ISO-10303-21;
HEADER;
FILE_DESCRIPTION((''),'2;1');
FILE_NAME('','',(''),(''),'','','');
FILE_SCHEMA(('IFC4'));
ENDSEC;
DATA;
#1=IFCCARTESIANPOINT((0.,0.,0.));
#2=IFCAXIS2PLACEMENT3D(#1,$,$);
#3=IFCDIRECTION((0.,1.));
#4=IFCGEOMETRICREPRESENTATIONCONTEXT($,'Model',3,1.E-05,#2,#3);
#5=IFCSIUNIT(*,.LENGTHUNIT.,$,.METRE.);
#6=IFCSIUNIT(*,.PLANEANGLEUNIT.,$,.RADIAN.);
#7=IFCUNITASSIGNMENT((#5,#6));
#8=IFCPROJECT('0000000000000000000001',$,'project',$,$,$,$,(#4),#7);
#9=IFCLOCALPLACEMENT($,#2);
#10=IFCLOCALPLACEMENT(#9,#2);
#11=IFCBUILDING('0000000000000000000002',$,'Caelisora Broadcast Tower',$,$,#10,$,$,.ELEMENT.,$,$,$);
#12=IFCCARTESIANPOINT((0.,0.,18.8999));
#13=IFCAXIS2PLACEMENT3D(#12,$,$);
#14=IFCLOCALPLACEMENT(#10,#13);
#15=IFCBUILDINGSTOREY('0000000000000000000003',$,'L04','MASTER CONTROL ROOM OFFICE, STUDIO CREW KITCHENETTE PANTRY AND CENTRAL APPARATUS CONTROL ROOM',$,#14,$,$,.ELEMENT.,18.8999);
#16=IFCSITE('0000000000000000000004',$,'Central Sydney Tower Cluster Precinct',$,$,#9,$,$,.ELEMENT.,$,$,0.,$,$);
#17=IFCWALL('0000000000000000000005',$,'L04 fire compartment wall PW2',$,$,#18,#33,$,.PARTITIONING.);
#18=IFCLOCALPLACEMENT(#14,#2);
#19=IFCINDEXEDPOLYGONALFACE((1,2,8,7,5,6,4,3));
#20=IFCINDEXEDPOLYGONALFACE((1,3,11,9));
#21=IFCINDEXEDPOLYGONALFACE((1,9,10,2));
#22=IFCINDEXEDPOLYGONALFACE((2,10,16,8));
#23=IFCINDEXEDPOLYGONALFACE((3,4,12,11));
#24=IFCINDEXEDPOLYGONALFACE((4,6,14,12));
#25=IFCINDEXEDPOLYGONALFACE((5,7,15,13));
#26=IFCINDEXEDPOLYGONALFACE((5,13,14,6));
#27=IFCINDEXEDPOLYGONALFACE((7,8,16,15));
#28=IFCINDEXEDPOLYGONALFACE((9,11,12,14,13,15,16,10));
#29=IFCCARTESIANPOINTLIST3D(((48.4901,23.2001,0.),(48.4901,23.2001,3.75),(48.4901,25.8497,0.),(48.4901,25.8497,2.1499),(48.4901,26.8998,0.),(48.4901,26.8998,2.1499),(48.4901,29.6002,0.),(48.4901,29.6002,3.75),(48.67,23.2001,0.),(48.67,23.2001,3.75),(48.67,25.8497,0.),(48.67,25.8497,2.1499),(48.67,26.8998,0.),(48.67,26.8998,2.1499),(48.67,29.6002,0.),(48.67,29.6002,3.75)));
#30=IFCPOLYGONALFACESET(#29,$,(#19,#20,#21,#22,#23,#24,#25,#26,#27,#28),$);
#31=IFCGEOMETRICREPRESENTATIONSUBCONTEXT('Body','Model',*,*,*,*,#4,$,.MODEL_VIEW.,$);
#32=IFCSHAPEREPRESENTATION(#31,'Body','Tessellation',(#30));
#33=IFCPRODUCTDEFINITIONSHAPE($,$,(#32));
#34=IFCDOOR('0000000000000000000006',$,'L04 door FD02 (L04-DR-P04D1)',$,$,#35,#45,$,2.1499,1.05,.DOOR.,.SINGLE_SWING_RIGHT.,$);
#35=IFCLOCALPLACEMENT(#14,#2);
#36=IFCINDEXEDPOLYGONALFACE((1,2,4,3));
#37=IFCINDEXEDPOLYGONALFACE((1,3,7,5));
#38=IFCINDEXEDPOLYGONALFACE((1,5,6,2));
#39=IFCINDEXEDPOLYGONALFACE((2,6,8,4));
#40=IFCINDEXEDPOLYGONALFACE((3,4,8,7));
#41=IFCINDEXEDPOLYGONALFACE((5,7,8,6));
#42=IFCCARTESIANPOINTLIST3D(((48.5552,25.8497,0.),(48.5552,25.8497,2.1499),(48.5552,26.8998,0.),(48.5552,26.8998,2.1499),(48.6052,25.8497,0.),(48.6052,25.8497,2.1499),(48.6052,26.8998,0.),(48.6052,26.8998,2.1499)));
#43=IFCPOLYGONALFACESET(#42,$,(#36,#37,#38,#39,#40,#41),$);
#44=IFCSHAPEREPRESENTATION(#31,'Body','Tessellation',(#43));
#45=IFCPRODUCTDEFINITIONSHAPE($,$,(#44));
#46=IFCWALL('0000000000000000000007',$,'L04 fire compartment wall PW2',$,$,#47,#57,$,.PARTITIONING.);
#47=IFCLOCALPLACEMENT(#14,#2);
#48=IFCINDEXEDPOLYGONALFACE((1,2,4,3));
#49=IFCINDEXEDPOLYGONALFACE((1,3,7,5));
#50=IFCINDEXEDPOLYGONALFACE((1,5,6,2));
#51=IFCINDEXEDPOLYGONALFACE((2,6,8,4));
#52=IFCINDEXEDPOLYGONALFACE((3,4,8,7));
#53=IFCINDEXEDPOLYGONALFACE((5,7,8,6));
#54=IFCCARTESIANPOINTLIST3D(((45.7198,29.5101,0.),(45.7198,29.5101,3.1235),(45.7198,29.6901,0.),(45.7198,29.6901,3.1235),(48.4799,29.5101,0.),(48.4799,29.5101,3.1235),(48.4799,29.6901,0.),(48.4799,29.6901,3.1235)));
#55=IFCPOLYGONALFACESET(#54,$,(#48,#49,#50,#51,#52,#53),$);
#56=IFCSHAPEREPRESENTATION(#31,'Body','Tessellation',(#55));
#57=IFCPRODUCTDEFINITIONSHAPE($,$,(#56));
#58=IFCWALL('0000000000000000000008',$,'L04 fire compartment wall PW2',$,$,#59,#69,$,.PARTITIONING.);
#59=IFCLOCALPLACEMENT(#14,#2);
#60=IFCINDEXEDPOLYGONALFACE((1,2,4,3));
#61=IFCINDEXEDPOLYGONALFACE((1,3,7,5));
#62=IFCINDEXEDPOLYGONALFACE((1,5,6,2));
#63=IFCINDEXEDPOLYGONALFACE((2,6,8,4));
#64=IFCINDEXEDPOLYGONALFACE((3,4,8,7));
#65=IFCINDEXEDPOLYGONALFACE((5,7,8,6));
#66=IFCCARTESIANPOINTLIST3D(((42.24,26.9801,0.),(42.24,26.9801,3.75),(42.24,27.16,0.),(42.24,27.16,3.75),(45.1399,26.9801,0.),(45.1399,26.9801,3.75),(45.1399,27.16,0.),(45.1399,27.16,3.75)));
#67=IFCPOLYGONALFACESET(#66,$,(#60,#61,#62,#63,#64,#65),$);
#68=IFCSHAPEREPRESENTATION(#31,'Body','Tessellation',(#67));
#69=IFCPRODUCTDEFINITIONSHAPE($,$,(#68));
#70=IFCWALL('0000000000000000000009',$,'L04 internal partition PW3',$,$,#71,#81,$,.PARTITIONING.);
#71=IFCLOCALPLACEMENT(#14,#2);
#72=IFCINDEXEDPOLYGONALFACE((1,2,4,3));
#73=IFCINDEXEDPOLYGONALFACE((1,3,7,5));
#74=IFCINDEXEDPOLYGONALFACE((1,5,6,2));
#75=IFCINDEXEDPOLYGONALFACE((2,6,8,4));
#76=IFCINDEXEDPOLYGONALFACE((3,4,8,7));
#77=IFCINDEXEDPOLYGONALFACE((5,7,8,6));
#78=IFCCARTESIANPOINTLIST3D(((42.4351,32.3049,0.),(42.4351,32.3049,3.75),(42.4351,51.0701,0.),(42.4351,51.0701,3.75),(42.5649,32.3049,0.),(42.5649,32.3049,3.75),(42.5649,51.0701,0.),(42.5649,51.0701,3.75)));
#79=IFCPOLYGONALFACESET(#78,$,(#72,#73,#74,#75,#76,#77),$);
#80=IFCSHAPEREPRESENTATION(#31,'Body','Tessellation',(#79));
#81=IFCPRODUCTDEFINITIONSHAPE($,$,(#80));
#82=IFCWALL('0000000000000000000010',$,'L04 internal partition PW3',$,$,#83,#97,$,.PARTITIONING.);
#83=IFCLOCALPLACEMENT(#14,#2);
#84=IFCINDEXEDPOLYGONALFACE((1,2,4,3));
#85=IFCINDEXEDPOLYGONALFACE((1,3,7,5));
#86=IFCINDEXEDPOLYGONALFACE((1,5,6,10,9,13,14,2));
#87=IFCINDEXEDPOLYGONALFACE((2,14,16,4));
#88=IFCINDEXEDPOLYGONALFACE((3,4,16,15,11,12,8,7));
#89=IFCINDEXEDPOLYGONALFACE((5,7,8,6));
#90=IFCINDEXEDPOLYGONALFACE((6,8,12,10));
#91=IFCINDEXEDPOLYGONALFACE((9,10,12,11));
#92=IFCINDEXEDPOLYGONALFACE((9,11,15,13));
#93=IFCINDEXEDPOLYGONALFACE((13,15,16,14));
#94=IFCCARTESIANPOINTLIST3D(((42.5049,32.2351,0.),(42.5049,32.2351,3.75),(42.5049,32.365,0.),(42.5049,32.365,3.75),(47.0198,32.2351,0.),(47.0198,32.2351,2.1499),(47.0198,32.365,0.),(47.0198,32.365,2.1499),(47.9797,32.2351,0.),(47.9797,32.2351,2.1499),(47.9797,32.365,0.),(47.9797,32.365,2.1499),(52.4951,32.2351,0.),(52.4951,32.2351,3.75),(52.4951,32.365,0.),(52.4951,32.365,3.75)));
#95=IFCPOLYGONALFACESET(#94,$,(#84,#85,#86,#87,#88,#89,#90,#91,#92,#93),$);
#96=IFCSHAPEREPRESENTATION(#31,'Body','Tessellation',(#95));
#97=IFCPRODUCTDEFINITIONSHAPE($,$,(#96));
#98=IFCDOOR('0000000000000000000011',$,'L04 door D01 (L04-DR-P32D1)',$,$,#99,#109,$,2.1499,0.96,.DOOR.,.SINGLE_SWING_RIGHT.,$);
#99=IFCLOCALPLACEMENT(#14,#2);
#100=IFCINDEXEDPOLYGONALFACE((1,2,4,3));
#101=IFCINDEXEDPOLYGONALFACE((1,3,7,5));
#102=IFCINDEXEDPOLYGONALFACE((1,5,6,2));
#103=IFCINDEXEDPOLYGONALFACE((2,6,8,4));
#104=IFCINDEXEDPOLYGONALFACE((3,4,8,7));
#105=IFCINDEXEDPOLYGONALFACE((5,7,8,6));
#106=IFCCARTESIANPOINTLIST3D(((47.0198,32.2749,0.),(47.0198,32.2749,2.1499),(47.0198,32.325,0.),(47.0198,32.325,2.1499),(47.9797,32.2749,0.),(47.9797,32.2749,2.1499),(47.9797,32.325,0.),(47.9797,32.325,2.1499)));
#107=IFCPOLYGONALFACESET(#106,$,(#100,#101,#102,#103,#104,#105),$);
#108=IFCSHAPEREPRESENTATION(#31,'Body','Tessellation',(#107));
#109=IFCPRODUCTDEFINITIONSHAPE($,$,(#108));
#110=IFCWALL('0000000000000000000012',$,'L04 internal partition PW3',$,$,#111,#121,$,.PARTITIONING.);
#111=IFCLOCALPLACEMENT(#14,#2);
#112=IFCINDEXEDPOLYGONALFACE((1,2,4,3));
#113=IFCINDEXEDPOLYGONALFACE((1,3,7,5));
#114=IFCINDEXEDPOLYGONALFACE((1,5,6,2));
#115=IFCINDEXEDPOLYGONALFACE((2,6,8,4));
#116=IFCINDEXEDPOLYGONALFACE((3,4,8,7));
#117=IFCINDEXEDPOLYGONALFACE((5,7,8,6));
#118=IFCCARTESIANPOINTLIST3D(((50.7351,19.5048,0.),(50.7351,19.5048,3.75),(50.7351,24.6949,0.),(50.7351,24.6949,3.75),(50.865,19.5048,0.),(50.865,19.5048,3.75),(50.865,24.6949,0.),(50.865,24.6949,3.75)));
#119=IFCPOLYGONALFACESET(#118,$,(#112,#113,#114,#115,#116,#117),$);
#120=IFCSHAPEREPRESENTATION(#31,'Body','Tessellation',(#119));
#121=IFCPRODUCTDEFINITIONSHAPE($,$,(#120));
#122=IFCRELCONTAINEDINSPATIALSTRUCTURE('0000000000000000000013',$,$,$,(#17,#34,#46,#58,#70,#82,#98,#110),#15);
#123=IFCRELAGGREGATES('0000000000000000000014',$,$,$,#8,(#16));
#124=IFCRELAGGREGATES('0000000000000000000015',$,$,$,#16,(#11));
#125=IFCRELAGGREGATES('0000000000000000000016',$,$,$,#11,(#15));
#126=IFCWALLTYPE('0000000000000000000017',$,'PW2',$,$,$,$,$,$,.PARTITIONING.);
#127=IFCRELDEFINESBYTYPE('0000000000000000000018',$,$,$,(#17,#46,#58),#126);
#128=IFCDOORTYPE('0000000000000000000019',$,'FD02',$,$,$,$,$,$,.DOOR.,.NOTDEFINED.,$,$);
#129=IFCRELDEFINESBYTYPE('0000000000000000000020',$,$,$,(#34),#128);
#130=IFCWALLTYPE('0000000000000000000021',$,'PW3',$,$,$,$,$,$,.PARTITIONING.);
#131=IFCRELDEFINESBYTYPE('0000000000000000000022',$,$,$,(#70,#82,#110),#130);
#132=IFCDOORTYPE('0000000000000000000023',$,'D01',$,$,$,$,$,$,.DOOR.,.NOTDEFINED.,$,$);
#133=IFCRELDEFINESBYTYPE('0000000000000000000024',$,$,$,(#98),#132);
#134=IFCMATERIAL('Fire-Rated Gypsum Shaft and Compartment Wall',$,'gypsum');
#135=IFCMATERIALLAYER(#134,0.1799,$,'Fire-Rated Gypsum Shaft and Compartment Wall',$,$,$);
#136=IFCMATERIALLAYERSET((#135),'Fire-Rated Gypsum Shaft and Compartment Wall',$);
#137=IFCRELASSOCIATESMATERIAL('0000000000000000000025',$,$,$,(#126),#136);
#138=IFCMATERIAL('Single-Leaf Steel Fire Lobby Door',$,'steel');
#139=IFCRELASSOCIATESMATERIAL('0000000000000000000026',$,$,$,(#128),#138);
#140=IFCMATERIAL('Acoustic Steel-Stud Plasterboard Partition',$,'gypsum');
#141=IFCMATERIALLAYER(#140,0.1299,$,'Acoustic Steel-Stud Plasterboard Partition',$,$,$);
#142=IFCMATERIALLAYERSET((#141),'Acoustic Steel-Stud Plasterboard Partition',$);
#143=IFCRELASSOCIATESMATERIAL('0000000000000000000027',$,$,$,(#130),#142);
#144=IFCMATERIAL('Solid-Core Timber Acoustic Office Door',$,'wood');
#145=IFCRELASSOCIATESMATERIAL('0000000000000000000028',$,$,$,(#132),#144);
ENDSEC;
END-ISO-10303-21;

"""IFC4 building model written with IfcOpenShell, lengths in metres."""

from ifc_helpers import new_model, si_unit, direction, frame, frame_2d, origin, place, context, subcontext, project, spatial, rectangle, extrude, material, layer, layer_set, type_object, element, fill, save


model = new_model("IFC4")

# Units and contexts
model_context = context("Model", 3, precision=1e-05, world=origin(), true_north=direction((0.0, 1.0)))
body_context = subcontext(model_context, "Body", "Model", "MODEL_VIEW")
ifc_project = project(units=[si_unit("LENGTHUNIT", "METRE"), si_unit("PLANEANGLEUNIT", "RADIAN")], contexts=[model_context])

# Site, building, storey
site_placement = place(None, origin())
site = spatial("IfcSite", under=ifc_project, at=site_placement, Name="Central Sydney Tower Cluster Precinct", CompositionType="ELEMENT", RefElevation=0.0)
building_placement = place(site_placement, origin())
building = spatial("IfcBuilding", under=site, at=building_placement, Name="Caelisora Broadcast Tower", CompositionType="ELEMENT")
storey_placement = place(building_placement, frame((0.0, 0.0, 18.8999)))
storey = spatial("IfcBuildingStorey", under=building, at=storey_placement, Name="L04", Description="MASTER CONTROL ROOM OFFICE, STUDIO CREW KITCHENETTE PANTRY AND CENTRAL APPARATUS CONTROL ROOM", CompositionType="ELEMENT", Elevation=18.8999)

# Shared definitions
ifc_material_1 = material(Name="Fire-Rated Gypsum Shaft and Compartment Wall", Category="gypsum")
ifc_layer_1 = layer(ifc_material_1, 0.1799, Name="Fire-Rated Gypsum Shaft and Compartment Wall")
ifc_layer_set_1 = layer_set([ifc_layer_1], Name="Fire-Rated Gypsum Shaft and Compartment Wall")
wall_type_1 = type_object("IfcWallType", Name="PW2", PredefinedType="PARTITIONING", material=ifc_layer_set_1)

# Wall, opening, door
wall_1_placement = place(storey_placement, frame((48.5801, 23.2, 0.0), z_axis=(0.0, 0.0, 1.0), x_axis=(0.0, 1.0, 0.0)))
wall_1 = element("IfcWall", 1, at=wall_1_placement, inside=storey, type_object=wall_type_1, Name="L04 fire compartment wall PW2", PredefinedType="PARTITIONING", context=body_context, shape_type="SweptSolid", body=[
    extrude(rectangle(XDim=6.4001, YDim=0.1799, at=frame_2d((3.2002, 0.0))), origin(), (0.0, 0.0, 1.0), 3.75),
])
opening_1_placement = place(wall_1_placement, frame((2.6499, 0.0, 0.0)))
opening_1 = element("IfcOpeningElement", 2, at=opening_1_placement, cuts=wall_1, PredefinedType="OPENING", context=body_context, shape_type="SweptSolid", body=[
    extrude(rectangle(XDim=1.05, YDim=2.1499, at=frame_2d((0.5249, 1.075))), frame((0.0, 0.1021, 0.0), z_axis=(0.0, -1.0, 0.0), x_axis=(1.0, 0.0, 0.0)), (0.0, 0.0, 1.0), 0.2039),
])
ifc_material_2 = material(Name="Single-Leaf Steel Fire Lobby Door", Category="steel")
door_type_1 = type_object("IfcDoorType", Name="FD02", OperationType="NOTDEFINED", PredefinedType="DOOR", material=ifc_material_2)
door_1_placement = place(opening_1_placement, origin())
door_1 = element("IfcDoor", 3, at=door_1_placement, inside=storey, type_object=door_type_1, Name="L04 door FD02 (L04-DR-P04D1)", OperationType="SINGLE_SWING_RIGHT", OverallHeight=2.1499, OverallWidth=1.05, PredefinedType="DOOR", context=body_context, shape_type="SweptSolid", body=[
    extrude(rectangle(XDim=1.05, YDim=2.1499, at=frame_2d((0.5249, 1.075))), frame((0.0, 0.0249, 0.0), z_axis=(0.0, -1.0, 0.0), x_axis=(1.0, 0.0, 0.0)), (0.0, 0.0, 1.0), 0.05),
])
fill(opening_1, door_1)

# Walls
wall_2_placement = place(storey_placement, frame((45.72, 29.6001, 0.0), z_axis=(0.0, 0.0, 1.0), x_axis=(1.0, 0.0, 0.0)))
element("IfcWall", 4, at=wall_2_placement, inside=storey, type_object=wall_type_1, Name="L04 fire compartment wall PW2", PredefinedType="PARTITIONING", context=body_context, shape_type="SweptSolid", body=[
    extrude(rectangle(XDim=2.76, YDim=0.1799, at=frame_2d((1.3799, 0.0))), origin(), (0.0, 0.0, 1.0), 3.1235),
])
wall_3_placement = place(storey_placement, frame((42.24, 27.0701, 0.0), z_axis=(0.0, 0.0, 1.0), x_axis=(1.0, 0.0, 0.0)))
element("IfcWall", 5, at=wall_3_placement, inside=storey, type_object=wall_type_1, Name="L04 fire compartment wall PW2", PredefinedType="PARTITIONING", context=body_context, shape_type="SweptSolid", body=[
    extrude(rectangle(XDim=2.8999, YDim=0.1799, at=frame_2d((1.45, 0.0))), origin(), (0.0, 0.0, 1.0), 3.75),
])
ifc_material_3 = material(Name="Acoustic Steel-Stud Plasterboard Partition", Category="gypsum")
ifc_layer_2 = layer(ifc_material_3, 0.1299, Name="Acoustic Steel-Stud Plasterboard Partition")
ifc_layer_set_2 = layer_set([ifc_layer_2], Name="Acoustic Steel-Stud Plasterboard Partition")
wall_type_2 = type_object("IfcWallType", Name="PW3", PredefinedType="PARTITIONING", material=ifc_layer_set_2)
wall_4_placement = place(storey_placement, frame((42.5, 32.3049, 0.0), z_axis=(0.0, 0.0, 1.0), x_axis=(0.0, 1.0, 0.0)))
element("IfcWall", 6, at=wall_4_placement, inside=storey, type_object=wall_type_2, Name="L04 internal partition PW3", PredefinedType="PARTITIONING", context=body_context, shape_type="SweptSolid", body=[
    extrude(rectangle(XDim=18.7651, YDim=0.1299, at=frame_2d((9.3826, 0.0))), origin(), (0.0, 0.0, 1.0), 3.75),
])

# Wall, opening, door
wall_5_placement = place(storey_placement, frame((42.5049, 32.3, 0.0), z_axis=(0.0, 0.0, 1.0), x_axis=(1.0, 0.0, 0.0)))
wall_5 = element("IfcWall", 7, at=wall_5_placement, inside=storey, type_object=wall_type_2, Name="L04 internal partition PW3", PredefinedType="PARTITIONING", context=body_context, shape_type="SweptSolid", body=[
    extrude(rectangle(XDim=9.9902, YDim=0.1299, at=frame_2d((4.9951, 0.0))), origin(), (0.0, 0.0, 1.0), 3.75),
])
opening_2_placement = place(wall_5_placement, frame((4.5149, 0.0, 0.0)))
opening_2 = element("IfcOpeningElement", 8, at=opening_2_placement, cuts=wall_5, PredefinedType="OPENING", context=body_context, shape_type="SweptSolid", body=[
    extrude(rectangle(XDim=0.96, YDim=2.1499, at=frame_2d((0.48, 1.075))), frame((0.0, 0.0769, 0.0), z_axis=(0.0, -1.0, 0.0), x_axis=(1.0, 0.0, 0.0)), (0.0, 0.0, 1.0), 0.1538),
])
ifc_material_4 = material(Name="Solid-Core Timber Acoustic Office Door", Category="wood")
door_type_2 = type_object("IfcDoorType", Name="D01", OperationType="NOTDEFINED", PredefinedType="DOOR", material=ifc_material_4)
door_2_placement = place(opening_2_placement, origin())
door_2 = element("IfcDoor", 9, at=door_2_placement, inside=storey, type_object=door_type_2, Name="L04 door D01 (L04-DR-P32D1)", OperationType="SINGLE_SWING_RIGHT", OverallHeight=2.1499, OverallWidth=0.96, PredefinedType="DOOR", context=body_context, shape_type="SweptSolid", body=[
    extrude(rectangle(XDim=0.96, YDim=2.1499, at=frame_2d((0.48, 1.075))), frame((0.0, 0.0249, 0.0), z_axis=(0.0, -1.0, 0.0), x_axis=(1.0, 0.0, 0.0)), (0.0, 0.0, 1.0), 0.05),
])
fill(opening_2, door_2)

# Wall
wall_6_placement = place(storey_placement, frame((50.8, 24.6951, 0.0), z_axis=(0.0, 0.0, 1.0), x_axis=(0.0, -1.0, 0.0)))
element("IfcWall", 10, at=wall_6_placement, inside=storey, type_object=wall_type_2, Name="L04 internal partition PW3", PredefinedType="PARTITIONING", context=body_context, shape_type="SweptSolid", body=[
    extrude(rectangle(XDim=5.1902, YDim=0.1299, at=frame_2d((2.5952, 0.0))), origin(), (0.0, 0.0, 1.0), 3.75),
])

save(model, "model.ifc")
